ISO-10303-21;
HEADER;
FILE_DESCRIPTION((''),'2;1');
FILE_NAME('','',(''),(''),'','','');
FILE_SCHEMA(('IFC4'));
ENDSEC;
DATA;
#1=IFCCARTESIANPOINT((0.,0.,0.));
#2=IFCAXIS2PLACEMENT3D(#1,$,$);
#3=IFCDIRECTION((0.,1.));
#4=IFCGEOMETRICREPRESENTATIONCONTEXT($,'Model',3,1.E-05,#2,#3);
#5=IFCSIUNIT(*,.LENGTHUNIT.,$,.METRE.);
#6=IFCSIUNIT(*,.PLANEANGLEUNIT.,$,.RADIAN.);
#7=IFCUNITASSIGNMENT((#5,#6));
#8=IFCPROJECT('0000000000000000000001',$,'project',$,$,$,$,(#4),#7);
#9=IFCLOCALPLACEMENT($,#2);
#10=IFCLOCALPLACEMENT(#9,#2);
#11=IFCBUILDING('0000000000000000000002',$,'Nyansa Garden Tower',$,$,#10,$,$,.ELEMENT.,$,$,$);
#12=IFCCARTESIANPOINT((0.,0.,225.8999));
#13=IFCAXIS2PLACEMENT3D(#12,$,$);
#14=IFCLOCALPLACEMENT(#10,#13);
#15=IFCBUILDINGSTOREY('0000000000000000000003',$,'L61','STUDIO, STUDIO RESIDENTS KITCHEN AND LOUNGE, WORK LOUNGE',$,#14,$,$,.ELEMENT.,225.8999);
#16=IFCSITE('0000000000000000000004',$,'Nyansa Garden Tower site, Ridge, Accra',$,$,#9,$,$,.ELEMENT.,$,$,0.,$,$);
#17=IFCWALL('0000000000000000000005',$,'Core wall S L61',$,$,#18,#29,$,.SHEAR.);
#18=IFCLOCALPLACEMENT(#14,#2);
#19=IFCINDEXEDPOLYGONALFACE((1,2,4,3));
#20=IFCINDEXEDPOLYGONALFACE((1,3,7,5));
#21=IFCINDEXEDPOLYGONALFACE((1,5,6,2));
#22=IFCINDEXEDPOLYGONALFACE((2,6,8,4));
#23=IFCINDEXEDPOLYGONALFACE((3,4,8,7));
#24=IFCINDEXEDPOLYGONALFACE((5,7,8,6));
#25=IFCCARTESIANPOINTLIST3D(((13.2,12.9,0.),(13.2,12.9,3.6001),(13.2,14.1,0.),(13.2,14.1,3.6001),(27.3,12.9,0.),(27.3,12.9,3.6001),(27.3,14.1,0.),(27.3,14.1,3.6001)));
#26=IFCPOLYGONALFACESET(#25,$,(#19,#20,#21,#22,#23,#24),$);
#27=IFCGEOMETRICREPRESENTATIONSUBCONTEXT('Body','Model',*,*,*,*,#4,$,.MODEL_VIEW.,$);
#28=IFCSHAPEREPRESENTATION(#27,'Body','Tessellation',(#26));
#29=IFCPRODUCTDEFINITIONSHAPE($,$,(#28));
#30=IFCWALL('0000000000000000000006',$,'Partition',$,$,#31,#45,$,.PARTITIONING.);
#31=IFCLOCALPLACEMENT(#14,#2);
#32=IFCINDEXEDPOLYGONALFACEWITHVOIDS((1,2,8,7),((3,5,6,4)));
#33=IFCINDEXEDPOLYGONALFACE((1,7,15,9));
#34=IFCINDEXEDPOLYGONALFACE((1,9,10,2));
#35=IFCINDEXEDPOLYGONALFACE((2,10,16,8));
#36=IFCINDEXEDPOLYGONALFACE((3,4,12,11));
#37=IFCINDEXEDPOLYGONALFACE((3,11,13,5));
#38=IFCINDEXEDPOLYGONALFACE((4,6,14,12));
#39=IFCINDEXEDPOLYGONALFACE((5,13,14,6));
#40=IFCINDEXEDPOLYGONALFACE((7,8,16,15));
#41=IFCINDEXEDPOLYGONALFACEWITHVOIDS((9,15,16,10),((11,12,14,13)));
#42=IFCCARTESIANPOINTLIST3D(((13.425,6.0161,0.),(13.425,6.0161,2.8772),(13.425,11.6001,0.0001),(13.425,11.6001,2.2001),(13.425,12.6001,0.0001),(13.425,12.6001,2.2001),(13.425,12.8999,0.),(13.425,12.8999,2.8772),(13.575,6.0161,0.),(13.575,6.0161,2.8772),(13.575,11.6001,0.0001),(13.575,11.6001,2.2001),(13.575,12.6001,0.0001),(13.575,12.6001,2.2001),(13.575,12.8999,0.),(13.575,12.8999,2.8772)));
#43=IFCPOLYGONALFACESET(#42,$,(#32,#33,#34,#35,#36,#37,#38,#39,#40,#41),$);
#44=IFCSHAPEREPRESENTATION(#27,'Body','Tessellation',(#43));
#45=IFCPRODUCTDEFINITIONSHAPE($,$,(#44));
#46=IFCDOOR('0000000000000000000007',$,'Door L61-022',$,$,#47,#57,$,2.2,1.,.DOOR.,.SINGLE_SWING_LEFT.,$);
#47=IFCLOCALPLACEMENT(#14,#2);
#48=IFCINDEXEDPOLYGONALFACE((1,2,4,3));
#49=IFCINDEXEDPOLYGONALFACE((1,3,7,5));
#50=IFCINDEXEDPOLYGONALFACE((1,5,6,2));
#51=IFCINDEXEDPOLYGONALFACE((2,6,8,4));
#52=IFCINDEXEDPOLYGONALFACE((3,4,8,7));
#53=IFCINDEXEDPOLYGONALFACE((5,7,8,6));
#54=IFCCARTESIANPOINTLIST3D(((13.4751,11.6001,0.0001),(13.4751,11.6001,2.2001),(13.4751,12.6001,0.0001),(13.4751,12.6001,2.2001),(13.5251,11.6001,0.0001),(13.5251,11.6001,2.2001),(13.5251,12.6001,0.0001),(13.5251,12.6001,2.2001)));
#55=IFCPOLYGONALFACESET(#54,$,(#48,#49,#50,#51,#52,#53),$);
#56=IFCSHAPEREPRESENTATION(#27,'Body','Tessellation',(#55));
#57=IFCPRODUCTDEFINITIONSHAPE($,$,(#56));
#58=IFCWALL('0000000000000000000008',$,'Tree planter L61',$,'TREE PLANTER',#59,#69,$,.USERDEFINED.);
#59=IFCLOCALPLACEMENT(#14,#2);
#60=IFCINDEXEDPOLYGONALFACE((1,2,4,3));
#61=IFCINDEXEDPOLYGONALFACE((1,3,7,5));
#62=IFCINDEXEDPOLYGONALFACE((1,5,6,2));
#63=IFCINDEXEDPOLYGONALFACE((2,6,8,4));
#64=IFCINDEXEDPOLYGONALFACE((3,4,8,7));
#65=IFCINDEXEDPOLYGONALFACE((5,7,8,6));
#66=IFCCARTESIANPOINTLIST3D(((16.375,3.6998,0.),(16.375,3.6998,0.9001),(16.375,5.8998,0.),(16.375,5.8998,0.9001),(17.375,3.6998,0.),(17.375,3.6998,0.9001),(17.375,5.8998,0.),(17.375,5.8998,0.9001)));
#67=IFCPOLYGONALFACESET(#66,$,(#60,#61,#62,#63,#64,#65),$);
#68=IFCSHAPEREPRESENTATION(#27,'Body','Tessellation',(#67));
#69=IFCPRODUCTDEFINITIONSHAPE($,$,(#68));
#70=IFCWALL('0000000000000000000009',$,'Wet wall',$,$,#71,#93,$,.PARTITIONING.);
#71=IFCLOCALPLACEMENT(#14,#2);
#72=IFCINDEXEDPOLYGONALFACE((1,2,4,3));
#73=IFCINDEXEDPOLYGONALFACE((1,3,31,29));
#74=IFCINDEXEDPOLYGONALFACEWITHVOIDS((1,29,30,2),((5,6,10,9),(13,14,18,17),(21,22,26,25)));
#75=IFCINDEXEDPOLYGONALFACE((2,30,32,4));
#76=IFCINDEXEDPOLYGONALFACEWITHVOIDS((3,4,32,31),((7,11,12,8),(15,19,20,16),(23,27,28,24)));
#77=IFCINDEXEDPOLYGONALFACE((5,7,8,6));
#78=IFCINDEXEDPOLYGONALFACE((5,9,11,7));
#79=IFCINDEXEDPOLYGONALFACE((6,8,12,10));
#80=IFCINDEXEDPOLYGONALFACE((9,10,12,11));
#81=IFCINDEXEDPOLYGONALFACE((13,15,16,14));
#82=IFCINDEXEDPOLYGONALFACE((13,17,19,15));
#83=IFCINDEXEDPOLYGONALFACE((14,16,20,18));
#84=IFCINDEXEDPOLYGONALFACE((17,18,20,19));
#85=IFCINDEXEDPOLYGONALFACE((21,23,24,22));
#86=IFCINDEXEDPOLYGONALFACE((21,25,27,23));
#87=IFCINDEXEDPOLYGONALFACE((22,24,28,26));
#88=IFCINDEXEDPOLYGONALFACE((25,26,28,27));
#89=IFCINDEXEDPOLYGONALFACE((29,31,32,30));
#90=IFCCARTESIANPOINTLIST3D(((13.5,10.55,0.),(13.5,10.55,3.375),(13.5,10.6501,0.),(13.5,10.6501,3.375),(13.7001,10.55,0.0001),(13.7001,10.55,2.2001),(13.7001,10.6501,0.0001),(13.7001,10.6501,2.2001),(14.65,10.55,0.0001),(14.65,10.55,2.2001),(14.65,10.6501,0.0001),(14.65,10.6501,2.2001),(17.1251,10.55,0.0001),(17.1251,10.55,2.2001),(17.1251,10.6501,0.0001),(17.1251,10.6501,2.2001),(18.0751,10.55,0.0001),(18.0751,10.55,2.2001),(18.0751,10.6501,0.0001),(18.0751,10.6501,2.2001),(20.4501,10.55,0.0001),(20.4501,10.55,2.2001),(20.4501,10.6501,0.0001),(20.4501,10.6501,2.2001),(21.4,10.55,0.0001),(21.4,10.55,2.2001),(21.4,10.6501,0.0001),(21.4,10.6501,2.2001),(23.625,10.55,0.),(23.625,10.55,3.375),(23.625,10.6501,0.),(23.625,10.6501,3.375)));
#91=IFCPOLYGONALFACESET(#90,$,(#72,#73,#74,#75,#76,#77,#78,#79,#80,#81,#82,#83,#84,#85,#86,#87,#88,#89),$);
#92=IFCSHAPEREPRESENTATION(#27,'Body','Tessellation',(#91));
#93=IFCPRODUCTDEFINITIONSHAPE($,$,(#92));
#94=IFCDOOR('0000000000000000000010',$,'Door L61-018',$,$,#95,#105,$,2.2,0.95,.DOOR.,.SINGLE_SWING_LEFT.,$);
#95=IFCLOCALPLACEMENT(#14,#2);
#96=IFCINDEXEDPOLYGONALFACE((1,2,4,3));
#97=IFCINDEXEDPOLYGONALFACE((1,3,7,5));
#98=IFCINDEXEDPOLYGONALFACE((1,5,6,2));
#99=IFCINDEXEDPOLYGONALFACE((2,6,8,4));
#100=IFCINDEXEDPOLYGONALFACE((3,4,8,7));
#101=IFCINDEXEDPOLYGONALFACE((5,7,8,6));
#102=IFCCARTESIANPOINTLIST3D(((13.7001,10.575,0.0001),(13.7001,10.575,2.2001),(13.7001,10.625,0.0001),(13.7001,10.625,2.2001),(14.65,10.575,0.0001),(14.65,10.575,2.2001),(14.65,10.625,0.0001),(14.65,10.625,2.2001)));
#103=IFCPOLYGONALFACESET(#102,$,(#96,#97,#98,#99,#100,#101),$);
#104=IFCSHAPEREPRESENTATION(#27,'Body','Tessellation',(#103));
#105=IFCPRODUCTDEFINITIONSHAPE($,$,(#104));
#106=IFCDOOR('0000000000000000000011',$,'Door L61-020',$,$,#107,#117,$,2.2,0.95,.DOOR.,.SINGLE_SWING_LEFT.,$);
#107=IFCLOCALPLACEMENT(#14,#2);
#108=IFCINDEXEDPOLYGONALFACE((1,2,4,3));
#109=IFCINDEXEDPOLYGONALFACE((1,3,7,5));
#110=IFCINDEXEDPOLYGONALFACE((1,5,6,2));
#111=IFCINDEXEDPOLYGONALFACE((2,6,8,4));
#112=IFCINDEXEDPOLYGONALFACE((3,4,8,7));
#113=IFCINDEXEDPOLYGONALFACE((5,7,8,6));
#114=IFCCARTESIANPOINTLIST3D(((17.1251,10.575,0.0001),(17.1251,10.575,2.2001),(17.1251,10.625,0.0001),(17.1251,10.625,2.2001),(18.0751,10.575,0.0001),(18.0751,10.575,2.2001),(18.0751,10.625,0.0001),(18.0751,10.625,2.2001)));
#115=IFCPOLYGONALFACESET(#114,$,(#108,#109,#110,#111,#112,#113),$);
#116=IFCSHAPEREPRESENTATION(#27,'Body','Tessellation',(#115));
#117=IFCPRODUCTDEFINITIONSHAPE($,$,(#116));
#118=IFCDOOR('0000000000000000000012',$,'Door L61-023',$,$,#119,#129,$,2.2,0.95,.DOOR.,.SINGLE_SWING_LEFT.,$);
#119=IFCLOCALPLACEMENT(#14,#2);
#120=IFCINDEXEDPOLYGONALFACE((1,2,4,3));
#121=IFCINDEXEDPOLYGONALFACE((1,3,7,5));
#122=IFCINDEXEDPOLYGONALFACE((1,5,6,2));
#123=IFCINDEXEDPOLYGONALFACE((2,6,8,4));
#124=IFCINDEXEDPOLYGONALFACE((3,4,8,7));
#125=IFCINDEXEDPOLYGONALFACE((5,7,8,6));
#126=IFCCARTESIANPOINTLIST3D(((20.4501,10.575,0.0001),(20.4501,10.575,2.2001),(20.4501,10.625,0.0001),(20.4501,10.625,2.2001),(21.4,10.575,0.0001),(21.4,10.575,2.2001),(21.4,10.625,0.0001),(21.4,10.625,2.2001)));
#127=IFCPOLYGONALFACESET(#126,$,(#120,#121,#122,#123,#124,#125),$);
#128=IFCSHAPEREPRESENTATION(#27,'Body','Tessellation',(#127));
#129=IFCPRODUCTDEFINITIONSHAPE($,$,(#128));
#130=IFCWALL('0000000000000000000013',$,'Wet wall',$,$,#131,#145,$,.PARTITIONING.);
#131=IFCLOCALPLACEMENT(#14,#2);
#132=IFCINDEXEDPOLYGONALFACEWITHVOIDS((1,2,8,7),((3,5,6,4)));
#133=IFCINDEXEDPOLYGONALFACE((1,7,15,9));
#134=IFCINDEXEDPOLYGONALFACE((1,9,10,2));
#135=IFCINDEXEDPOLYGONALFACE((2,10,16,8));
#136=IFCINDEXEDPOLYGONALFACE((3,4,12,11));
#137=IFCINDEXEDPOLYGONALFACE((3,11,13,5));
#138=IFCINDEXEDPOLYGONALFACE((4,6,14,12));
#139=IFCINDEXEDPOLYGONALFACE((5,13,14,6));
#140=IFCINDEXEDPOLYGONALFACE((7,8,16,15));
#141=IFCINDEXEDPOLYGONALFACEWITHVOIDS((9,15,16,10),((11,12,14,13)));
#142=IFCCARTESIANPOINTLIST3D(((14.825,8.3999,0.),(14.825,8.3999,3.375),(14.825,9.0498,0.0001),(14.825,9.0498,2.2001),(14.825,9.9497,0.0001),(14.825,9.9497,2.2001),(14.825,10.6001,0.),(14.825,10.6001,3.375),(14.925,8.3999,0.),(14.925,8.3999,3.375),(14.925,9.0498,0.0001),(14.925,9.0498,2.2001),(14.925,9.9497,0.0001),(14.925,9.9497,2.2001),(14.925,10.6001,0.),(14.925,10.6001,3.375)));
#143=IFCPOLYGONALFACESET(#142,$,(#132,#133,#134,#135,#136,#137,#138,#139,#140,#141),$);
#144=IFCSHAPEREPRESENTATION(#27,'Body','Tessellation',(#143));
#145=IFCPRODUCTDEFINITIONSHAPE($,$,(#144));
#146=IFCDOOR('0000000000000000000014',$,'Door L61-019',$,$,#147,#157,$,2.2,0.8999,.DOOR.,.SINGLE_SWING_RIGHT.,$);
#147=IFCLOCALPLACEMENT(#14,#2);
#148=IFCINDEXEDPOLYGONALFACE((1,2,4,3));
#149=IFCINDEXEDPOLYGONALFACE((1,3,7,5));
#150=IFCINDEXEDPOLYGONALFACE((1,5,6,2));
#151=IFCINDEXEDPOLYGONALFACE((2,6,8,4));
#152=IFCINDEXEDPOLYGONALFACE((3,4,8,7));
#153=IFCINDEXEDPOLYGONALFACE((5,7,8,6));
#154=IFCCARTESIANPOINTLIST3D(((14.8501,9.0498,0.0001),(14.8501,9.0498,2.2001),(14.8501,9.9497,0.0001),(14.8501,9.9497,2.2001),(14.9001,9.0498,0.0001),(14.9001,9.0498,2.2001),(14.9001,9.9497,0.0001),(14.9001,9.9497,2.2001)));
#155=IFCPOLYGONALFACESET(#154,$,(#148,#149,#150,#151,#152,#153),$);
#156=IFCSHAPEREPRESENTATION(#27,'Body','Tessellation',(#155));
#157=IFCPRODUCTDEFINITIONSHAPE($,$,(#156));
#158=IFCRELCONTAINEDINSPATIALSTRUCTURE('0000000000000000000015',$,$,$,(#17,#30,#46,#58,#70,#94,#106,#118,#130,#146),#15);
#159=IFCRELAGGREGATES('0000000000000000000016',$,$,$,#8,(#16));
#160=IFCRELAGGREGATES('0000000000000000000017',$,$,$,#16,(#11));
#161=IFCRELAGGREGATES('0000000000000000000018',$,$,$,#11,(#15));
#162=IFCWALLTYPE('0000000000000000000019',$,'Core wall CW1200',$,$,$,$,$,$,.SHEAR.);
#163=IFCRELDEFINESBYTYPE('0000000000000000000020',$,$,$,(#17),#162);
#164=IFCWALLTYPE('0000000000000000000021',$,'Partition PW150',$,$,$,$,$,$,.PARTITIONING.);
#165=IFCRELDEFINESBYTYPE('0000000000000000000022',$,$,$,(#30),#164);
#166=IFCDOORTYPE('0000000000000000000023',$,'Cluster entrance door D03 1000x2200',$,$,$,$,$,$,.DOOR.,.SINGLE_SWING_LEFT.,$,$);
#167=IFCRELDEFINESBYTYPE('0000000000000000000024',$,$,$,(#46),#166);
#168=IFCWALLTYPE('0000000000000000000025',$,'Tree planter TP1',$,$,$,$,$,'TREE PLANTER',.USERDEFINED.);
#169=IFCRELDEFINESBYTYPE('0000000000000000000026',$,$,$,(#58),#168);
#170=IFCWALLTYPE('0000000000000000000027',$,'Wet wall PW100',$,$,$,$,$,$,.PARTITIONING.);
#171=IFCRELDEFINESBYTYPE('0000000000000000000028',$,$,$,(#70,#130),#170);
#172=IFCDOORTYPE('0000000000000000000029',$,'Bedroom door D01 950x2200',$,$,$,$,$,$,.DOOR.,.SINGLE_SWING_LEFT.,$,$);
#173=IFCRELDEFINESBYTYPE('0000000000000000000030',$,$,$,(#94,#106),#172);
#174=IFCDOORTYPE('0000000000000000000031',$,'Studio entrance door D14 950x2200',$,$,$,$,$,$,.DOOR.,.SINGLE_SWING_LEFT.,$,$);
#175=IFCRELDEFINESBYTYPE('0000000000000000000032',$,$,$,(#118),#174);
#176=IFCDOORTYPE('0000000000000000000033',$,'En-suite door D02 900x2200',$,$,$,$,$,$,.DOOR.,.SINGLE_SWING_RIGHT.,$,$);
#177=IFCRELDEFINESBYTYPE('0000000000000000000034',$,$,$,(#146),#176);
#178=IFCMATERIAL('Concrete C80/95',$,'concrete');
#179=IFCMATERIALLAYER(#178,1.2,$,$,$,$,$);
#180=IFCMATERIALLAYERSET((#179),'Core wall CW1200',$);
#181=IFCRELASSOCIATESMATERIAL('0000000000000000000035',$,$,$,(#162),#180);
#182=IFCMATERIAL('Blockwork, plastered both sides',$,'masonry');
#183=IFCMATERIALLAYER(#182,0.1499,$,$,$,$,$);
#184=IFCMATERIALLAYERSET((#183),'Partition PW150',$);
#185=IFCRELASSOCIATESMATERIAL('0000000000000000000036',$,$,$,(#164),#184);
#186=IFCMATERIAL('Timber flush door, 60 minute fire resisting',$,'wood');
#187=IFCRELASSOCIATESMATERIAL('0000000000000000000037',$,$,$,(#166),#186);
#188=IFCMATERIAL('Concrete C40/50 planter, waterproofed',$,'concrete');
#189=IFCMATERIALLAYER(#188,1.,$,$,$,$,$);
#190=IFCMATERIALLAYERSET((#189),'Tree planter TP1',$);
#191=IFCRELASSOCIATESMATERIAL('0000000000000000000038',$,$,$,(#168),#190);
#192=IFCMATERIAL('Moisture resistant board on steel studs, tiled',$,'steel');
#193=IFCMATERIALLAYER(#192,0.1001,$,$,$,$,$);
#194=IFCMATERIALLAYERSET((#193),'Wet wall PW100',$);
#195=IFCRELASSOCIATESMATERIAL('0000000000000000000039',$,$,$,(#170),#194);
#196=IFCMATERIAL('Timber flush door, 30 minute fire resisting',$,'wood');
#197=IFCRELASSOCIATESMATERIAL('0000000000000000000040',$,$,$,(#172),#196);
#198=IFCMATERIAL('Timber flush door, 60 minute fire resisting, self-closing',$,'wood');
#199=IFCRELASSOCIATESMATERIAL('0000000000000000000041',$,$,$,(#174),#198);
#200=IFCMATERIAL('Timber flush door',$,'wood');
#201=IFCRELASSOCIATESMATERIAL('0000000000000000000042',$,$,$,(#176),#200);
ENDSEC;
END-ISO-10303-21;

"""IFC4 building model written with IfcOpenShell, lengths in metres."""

from ifc_helpers import new_model, si_unit, direction, frame, frame_2d, origin, place, context, subcontext, project, spatial, rectangle, extrude, material, layer, layer_set, type_object, element, fill, save


model = new_model("IFC4")

# Units and contexts
model_context = context("Model", 3, precision=1e-05, world=origin(), true_north=direction((0.0, 1.0)))
body_context = subcontext(model_context, "Body", "Model", "MODEL_VIEW")
ifc_project = project(units=[si_unit("LENGTHUNIT", "METRE"), si_unit("PLANEANGLEUNIT", "RADIAN")], contexts=[model_context])

# Site, building, storey
site_placement = place(None, origin())
site = spatial("IfcSite", under=ifc_project, at=site_placement, Name="Nyansa Garden Tower site, Ridge, Accra", CompositionType="ELEMENT", RefElevation=0.0)
building_placement = place(site_placement, origin())
building = spatial("IfcBuilding", under=site, at=building_placement, Name="Nyansa Garden Tower", CompositionType="ELEMENT")
storey_placement = place(building_placement, frame((0.0, 0.0, 225.8999)))
storey = spatial("IfcBuildingStorey", under=building, at=storey_placement, Name="L61", Description="STUDIO, STUDIO RESIDENTS KITCHEN AND LOUNGE, WORK LOUNGE", CompositionType="ELEMENT", Elevation=225.8999)

# Wall
ifc_material_1 = material(Name="Concrete C80/95", Category="concrete")
ifc_layer_1 = layer(ifc_material_1, 1.2)
ifc_layer_set_1 = layer_set([ifc_layer_1], Name="Core wall CW1200")
wall_type_1 = type_object("IfcWallType", Name="Core wall CW1200", PredefinedType="SHEAR", material=ifc_layer_set_1)
wall_1_placement = place(storey_placement, frame((13.2, 13.5, 0.0), z_axis=(0.0, 0.0, 1.0), x_axis=(1.0, 0.0, 0.0)))
element("IfcWall", 1, at=wall_1_placement, inside=storey, type_object=wall_type_1, Name="Core wall S L61", PredefinedType="SHEAR", context=body_context, shape_type="SweptSolid", body=[
    extrude(rectangle(XDim=14.1001, YDim=1.2, at=frame_2d((7.05, 0.0))), origin(), (0.0, 0.0, 1.0), 3.6001),
])

# Wall, opening, door
ifc_material_2 = material(Name="Blockwork, plastered both sides", Category="masonry")
ifc_layer_2 = layer(ifc_material_2, 0.1499)
ifc_layer_set_2 = layer_set([ifc_layer_2], Name="Partition PW150")
wall_type_2 = type_object("IfcWallType", Name="Partition PW150", PredefinedType="PARTITIONING", material=ifc_layer_set_2)
wall_2_placement = place(storey_placement, frame((13.5, 6.0161, 0.0), z_axis=(0.0, 0.0, 1.0), x_axis=(0.0, 1.0, 0.0)))
wall_2 = element("IfcWall", 2, at=wall_2_placement, inside=storey, type_object=wall_type_2, Name="Partition", PredefinedType="PARTITIONING", context=body_context, shape_type="SweptSolid", body=[
    extrude(rectangle(XDim=6.8838, YDim=0.1499, at=frame_2d((3.4419, 0.0))), origin(), (0.0, 0.0, 1.0), 2.8772),
])
opening_1_placement = place(wall_2_placement, frame((5.584, 0.0, 0.0)))
opening_1 = element("IfcOpeningElement", 3, at=opening_1_placement, cuts=wall_2, PredefinedType="OPENING", context=body_context, shape_type="SweptSolid", body=[
    extrude(rectangle(XDim=1.0, YDim=2.2, at=frame_2d((0.5, 1.1001))), frame((0.0, 0.085, 0.0), z_axis=(0.0, -1.0, 0.0), x_axis=(1.0, 0.0, 0.0)), (0.0, 0.0, 1.0), 0.1699),
])
ifc_material_3 = material(Name="Timber flush door, 60 minute fire resisting", Category="wood")
door_type_1 = type_object("IfcDoorType", Name="Cluster entrance door D03 1000x2200", OperationType="SINGLE_SWING_LEFT", PredefinedType="DOOR", material=ifc_material_3)
door_1_placement = place(opening_1_placement, origin())
door_1 = element("IfcDoor", 4, at=door_1_placement, inside=storey, type_object=door_type_1, Name="Door L61-022", OperationType="SINGLE_SWING_LEFT", OverallHeight=2.2, OverallWidth=1.0, PredefinedType="DOOR", context=body_context, shape_type="SweptSolid", body=[
    extrude(rectangle(XDim=1.0, YDim=2.2, at=frame_2d((0.5, 1.1001))), frame((0.0, 0.0249, 0.0), z_axis=(0.0, -1.0, 0.0), x_axis=(1.0, 0.0, 0.0)), (0.0, 0.0, 1.0), 0.05),
])
fill(opening_1, door_1)

# Wall
ifc_material_4 = material(Name="Concrete C40/50 planter, waterproofed", Category="concrete")
ifc_layer_3 = layer(ifc_material_4, 1.0)
ifc_layer_set_3 = layer_set([ifc_layer_3], Name="Tree planter TP1")
wall_type_3 = type_object("IfcWallType", Name="Tree planter TP1", ElementType="TREE PLANTER", PredefinedType="USERDEFINED", material=ifc_layer_set_3)
wall_3_placement = place(storey_placement, frame((16.875, 5.8999, 0.0), z_axis=(0.0, 0.0, 1.0), x_axis=(0.0, -1.0, 0.0)))
element("IfcWall", 5, at=wall_3_placement, inside=storey, type_object=wall_type_3, Name="Tree planter L61", ObjectType="TREE PLANTER", PredefinedType="USERDEFINED", context=body_context, shape_type="SweptSolid", body=[
    extrude(rectangle(XDim=2.2, YDim=1.0, at=frame_2d((1.1001, 0.0))), origin(), (0.0, 0.0, 1.0), 0.9001),
])

# Wall, openings, doors
ifc_material_5 = material(Name="Moisture resistant board on steel studs, tiled", Category="steel")
ifc_layer_4 = layer(ifc_material_5, 0.1001)
ifc_layer_set_4 = layer_set([ifc_layer_4], Name="Wet wall PW100")
wall_type_4 = type_object("IfcWallType", Name="Wet wall PW100", PredefinedType="PARTITIONING", material=ifc_layer_set_4)
wall_4_placement = place(storey_placement, frame((13.5, 10.6001, 0.0), z_axis=(0.0, 0.0, 1.0), x_axis=(1.0, 0.0, 0.0)))
wall_4 = element("IfcWall", 6, at=wall_4_placement, inside=storey, type_object=wall_type_4, Name="Wet wall", PredefinedType="PARTITIONING", context=body_context, shape_type="SweptSolid", body=[
    extrude(rectangle(XDim=10.125, YDim=0.1001, at=frame_2d((5.0625, 0.0))), origin(), (0.0, 0.0, 1.0), 3.375),
])
opening_2_placement = place(wall_4_placement, frame((0.2, 0.0, 0.0)))
opening_2 = element("IfcOpeningElement", 7, at=opening_2_placement, cuts=wall_4, PredefinedType="OPENING", context=body_context, shape_type="SweptSolid", body=[
    extrude(rectangle(XDim=0.95, YDim=2.2, at=frame_2d((0.4751, 1.1001))), frame((0.0, 0.0601, 0.0), z_axis=(0.0, -1.0, 0.0), x_axis=(1.0, 0.0, 0.0)), (0.0, 0.0, 1.0), 0.1201),
])
opening_3_placement = place(wall_4_placement, frame((3.625, 0.0, 0.0)))
opening_3 = element("IfcOpeningElement", 8, at=opening_3_placement, cuts=wall_4, PredefinedType="OPENING", context=body_context, shape_type="SweptSolid", body=[
    extrude(rectangle(XDim=0.95, YDim=2.2, at=frame_2d((0.4751, 1.1001))), frame((0.0, 0.0601, 0.0), z_axis=(0.0, -1.0, 0.0), x_axis=(1.0, 0.0, 0.0)), (0.0, 0.0, 1.0), 0.1201),
])
opening_4_placement = place(wall_4_placement, frame((6.95, 0.0, 0.0)))
opening_4 = element("IfcOpeningElement", 9, at=opening_4_placement, cuts=wall_4, PredefinedType="OPENING", context=body_context, shape_type="SweptSolid", body=[
    extrude(rectangle(XDim=0.95, YDim=2.2, at=frame_2d((0.4751, 1.1001))), frame((0.0, 0.0601, 0.0), z_axis=(0.0, -1.0, 0.0), x_axis=(1.0, 0.0, 0.0)), (0.0, 0.0, 1.0), 0.1201),
])
ifc_material_6 = material(Name="Timber flush door, 30 minute fire resisting", Category="wood")
door_type_2 = type_object("IfcDoorType", Name="Bedroom door D01 950x2200", OperationType="SINGLE_SWING_LEFT", PredefinedType="DOOR", material=ifc_material_6)
door_2_placement = place(opening_2_placement, origin())
door_2 = element("IfcDoor", 10, at=door_2_placement, inside=storey, type_object=door_type_2, Name="Door L61-018", OperationType="SINGLE_SWING_LEFT", OverallHeight=2.2, OverallWidth=0.95, PredefinedType="DOOR", context=body_context, shape_type="SweptSolid", body=[
    extrude(rectangle(XDim=0.95, YDim=2.2, at=frame_2d((0.4751, 1.1001))), frame((0.0, 0.0249, 0.0), z_axis=(0.0, -1.0, 0.0), x_axis=(1.0, 0.0, 0.0)), (0.0, 0.0, 1.0), 0.05),
])
fill(opening_2, door_2)
door_3_placement = place(opening_3_placement, origin())
door_3 = element("IfcDoor", 11, at=door_3_placement, inside=storey, type_object=door_type_2, Name="Door L61-020", OperationType="SINGLE_SWING_LEFT", OverallHeight=2.2, OverallWidth=0.95, PredefinedType="DOOR", context=body_context, shape_type="SweptSolid", body=[
    extrude(rectangle(XDim=0.95, YDim=2.2, at=frame_2d((0.4751, 1.1001))), frame((0.0, 0.0249, 0.0), z_axis=(0.0, -1.0, 0.0), x_axis=(1.0, 0.0, 0.0)), (0.0, 0.0, 1.0), 0.05),
])
fill(opening_3, door_3)
ifc_material_7 = material(Name="Timber flush door, 60 minute fire resisting, self-closing", Category="wood")
door_type_3 = type_object("IfcDoorType", Name="Studio entrance door D14 950x2200", OperationType="SINGLE_SWING_LEFT", PredefinedType="DOOR", material=ifc_material_7)
door_4_placement = place(opening_4_placement, origin())
door_4 = element("IfcDoor", 12, at=door_4_placement, inside=storey, type_object=door_type_3, Name="Door L61-023", OperationType="SINGLE_SWING_LEFT", OverallHeight=2.2, OverallWidth=0.95, PredefinedType="DOOR", context=body_context, shape_type="SweptSolid", body=[
    extrude(rectangle(XDim=0.95, YDim=2.2, at=frame_2d((0.4751, 1.1001))), frame((0.0, 0.0249, 0.0), z_axis=(0.0, -1.0, 0.0), x_axis=(1.0, 0.0, 0.0)), (0.0, 0.0, 1.0), 0.05),
])
fill(opening_4, door_4)

# Wall, opening, door
wall_5_placement = place(storey_placement, frame((14.875, 8.3999, 0.0), z_axis=(0.0, 0.0, 1.0), x_axis=(0.0, 1.0, 0.0)))
wall_5 = element("IfcWall", 13, at=wall_5_placement, inside=storey, type_object=wall_type_4, Name="Wet wall", PredefinedType="PARTITIONING", context=body_context, shape_type="SweptSolid", body=[
    extrude(rectangle(XDim=2.2002, YDim=0.1001, at=frame_2d((1.1001, 0.0))), origin(), (0.0, 0.0, 1.0), 3.375),
])
opening_5_placement = place(wall_5_placement, frame((0.6499, 0.0, 0.0)))
opening_5 = element("IfcOpeningElement", 14, at=opening_5_placement, cuts=wall_5, PredefinedType="OPENING", context=body_context, shape_type="SweptSolid", body=[
    extrude(rectangle(XDim=0.8999, YDim=2.2, at=frame_2d((0.45, 1.1001))), frame((0.0, 0.0601, 0.0), z_axis=(0.0, -1.0, 0.0), x_axis=(1.0, 0.0, 0.0)), (0.0, 0.0, 1.0), 0.1201),
])
ifc_material_8 = material(Name="Timber flush door", Category="wood")
door_type_4 = type_object("IfcDoorType", Name="En-suite door D02 900x2200", OperationType="SINGLE_SWING_RIGHT", PredefinedType="DOOR", material=ifc_material_8)
door_5_placement = place(opening_5_placement, origin())
door_5 = element("IfcDoor", 15, at=door_5_placement, inside=storey, type_object=door_type_4, Name="Door L61-019", OperationType="SINGLE_SWING_RIGHT", OverallHeight=2.2, OverallWidth=0.8999, PredefinedType="DOOR", context=body_context, shape_type="SweptSolid", body=[
    extrude(rectangle(XDim=0.8999, YDim=2.2, at=frame_2d((0.45, 1.1001))), frame((0.0, 0.0249, 0.0), z_axis=(0.0, -1.0, 0.0), x_axis=(1.0, 0.0, 0.0)), (0.0, 0.0, 1.0), 0.05),
])
fill(opening_5, door_5)

save(model, "model.ifc")
